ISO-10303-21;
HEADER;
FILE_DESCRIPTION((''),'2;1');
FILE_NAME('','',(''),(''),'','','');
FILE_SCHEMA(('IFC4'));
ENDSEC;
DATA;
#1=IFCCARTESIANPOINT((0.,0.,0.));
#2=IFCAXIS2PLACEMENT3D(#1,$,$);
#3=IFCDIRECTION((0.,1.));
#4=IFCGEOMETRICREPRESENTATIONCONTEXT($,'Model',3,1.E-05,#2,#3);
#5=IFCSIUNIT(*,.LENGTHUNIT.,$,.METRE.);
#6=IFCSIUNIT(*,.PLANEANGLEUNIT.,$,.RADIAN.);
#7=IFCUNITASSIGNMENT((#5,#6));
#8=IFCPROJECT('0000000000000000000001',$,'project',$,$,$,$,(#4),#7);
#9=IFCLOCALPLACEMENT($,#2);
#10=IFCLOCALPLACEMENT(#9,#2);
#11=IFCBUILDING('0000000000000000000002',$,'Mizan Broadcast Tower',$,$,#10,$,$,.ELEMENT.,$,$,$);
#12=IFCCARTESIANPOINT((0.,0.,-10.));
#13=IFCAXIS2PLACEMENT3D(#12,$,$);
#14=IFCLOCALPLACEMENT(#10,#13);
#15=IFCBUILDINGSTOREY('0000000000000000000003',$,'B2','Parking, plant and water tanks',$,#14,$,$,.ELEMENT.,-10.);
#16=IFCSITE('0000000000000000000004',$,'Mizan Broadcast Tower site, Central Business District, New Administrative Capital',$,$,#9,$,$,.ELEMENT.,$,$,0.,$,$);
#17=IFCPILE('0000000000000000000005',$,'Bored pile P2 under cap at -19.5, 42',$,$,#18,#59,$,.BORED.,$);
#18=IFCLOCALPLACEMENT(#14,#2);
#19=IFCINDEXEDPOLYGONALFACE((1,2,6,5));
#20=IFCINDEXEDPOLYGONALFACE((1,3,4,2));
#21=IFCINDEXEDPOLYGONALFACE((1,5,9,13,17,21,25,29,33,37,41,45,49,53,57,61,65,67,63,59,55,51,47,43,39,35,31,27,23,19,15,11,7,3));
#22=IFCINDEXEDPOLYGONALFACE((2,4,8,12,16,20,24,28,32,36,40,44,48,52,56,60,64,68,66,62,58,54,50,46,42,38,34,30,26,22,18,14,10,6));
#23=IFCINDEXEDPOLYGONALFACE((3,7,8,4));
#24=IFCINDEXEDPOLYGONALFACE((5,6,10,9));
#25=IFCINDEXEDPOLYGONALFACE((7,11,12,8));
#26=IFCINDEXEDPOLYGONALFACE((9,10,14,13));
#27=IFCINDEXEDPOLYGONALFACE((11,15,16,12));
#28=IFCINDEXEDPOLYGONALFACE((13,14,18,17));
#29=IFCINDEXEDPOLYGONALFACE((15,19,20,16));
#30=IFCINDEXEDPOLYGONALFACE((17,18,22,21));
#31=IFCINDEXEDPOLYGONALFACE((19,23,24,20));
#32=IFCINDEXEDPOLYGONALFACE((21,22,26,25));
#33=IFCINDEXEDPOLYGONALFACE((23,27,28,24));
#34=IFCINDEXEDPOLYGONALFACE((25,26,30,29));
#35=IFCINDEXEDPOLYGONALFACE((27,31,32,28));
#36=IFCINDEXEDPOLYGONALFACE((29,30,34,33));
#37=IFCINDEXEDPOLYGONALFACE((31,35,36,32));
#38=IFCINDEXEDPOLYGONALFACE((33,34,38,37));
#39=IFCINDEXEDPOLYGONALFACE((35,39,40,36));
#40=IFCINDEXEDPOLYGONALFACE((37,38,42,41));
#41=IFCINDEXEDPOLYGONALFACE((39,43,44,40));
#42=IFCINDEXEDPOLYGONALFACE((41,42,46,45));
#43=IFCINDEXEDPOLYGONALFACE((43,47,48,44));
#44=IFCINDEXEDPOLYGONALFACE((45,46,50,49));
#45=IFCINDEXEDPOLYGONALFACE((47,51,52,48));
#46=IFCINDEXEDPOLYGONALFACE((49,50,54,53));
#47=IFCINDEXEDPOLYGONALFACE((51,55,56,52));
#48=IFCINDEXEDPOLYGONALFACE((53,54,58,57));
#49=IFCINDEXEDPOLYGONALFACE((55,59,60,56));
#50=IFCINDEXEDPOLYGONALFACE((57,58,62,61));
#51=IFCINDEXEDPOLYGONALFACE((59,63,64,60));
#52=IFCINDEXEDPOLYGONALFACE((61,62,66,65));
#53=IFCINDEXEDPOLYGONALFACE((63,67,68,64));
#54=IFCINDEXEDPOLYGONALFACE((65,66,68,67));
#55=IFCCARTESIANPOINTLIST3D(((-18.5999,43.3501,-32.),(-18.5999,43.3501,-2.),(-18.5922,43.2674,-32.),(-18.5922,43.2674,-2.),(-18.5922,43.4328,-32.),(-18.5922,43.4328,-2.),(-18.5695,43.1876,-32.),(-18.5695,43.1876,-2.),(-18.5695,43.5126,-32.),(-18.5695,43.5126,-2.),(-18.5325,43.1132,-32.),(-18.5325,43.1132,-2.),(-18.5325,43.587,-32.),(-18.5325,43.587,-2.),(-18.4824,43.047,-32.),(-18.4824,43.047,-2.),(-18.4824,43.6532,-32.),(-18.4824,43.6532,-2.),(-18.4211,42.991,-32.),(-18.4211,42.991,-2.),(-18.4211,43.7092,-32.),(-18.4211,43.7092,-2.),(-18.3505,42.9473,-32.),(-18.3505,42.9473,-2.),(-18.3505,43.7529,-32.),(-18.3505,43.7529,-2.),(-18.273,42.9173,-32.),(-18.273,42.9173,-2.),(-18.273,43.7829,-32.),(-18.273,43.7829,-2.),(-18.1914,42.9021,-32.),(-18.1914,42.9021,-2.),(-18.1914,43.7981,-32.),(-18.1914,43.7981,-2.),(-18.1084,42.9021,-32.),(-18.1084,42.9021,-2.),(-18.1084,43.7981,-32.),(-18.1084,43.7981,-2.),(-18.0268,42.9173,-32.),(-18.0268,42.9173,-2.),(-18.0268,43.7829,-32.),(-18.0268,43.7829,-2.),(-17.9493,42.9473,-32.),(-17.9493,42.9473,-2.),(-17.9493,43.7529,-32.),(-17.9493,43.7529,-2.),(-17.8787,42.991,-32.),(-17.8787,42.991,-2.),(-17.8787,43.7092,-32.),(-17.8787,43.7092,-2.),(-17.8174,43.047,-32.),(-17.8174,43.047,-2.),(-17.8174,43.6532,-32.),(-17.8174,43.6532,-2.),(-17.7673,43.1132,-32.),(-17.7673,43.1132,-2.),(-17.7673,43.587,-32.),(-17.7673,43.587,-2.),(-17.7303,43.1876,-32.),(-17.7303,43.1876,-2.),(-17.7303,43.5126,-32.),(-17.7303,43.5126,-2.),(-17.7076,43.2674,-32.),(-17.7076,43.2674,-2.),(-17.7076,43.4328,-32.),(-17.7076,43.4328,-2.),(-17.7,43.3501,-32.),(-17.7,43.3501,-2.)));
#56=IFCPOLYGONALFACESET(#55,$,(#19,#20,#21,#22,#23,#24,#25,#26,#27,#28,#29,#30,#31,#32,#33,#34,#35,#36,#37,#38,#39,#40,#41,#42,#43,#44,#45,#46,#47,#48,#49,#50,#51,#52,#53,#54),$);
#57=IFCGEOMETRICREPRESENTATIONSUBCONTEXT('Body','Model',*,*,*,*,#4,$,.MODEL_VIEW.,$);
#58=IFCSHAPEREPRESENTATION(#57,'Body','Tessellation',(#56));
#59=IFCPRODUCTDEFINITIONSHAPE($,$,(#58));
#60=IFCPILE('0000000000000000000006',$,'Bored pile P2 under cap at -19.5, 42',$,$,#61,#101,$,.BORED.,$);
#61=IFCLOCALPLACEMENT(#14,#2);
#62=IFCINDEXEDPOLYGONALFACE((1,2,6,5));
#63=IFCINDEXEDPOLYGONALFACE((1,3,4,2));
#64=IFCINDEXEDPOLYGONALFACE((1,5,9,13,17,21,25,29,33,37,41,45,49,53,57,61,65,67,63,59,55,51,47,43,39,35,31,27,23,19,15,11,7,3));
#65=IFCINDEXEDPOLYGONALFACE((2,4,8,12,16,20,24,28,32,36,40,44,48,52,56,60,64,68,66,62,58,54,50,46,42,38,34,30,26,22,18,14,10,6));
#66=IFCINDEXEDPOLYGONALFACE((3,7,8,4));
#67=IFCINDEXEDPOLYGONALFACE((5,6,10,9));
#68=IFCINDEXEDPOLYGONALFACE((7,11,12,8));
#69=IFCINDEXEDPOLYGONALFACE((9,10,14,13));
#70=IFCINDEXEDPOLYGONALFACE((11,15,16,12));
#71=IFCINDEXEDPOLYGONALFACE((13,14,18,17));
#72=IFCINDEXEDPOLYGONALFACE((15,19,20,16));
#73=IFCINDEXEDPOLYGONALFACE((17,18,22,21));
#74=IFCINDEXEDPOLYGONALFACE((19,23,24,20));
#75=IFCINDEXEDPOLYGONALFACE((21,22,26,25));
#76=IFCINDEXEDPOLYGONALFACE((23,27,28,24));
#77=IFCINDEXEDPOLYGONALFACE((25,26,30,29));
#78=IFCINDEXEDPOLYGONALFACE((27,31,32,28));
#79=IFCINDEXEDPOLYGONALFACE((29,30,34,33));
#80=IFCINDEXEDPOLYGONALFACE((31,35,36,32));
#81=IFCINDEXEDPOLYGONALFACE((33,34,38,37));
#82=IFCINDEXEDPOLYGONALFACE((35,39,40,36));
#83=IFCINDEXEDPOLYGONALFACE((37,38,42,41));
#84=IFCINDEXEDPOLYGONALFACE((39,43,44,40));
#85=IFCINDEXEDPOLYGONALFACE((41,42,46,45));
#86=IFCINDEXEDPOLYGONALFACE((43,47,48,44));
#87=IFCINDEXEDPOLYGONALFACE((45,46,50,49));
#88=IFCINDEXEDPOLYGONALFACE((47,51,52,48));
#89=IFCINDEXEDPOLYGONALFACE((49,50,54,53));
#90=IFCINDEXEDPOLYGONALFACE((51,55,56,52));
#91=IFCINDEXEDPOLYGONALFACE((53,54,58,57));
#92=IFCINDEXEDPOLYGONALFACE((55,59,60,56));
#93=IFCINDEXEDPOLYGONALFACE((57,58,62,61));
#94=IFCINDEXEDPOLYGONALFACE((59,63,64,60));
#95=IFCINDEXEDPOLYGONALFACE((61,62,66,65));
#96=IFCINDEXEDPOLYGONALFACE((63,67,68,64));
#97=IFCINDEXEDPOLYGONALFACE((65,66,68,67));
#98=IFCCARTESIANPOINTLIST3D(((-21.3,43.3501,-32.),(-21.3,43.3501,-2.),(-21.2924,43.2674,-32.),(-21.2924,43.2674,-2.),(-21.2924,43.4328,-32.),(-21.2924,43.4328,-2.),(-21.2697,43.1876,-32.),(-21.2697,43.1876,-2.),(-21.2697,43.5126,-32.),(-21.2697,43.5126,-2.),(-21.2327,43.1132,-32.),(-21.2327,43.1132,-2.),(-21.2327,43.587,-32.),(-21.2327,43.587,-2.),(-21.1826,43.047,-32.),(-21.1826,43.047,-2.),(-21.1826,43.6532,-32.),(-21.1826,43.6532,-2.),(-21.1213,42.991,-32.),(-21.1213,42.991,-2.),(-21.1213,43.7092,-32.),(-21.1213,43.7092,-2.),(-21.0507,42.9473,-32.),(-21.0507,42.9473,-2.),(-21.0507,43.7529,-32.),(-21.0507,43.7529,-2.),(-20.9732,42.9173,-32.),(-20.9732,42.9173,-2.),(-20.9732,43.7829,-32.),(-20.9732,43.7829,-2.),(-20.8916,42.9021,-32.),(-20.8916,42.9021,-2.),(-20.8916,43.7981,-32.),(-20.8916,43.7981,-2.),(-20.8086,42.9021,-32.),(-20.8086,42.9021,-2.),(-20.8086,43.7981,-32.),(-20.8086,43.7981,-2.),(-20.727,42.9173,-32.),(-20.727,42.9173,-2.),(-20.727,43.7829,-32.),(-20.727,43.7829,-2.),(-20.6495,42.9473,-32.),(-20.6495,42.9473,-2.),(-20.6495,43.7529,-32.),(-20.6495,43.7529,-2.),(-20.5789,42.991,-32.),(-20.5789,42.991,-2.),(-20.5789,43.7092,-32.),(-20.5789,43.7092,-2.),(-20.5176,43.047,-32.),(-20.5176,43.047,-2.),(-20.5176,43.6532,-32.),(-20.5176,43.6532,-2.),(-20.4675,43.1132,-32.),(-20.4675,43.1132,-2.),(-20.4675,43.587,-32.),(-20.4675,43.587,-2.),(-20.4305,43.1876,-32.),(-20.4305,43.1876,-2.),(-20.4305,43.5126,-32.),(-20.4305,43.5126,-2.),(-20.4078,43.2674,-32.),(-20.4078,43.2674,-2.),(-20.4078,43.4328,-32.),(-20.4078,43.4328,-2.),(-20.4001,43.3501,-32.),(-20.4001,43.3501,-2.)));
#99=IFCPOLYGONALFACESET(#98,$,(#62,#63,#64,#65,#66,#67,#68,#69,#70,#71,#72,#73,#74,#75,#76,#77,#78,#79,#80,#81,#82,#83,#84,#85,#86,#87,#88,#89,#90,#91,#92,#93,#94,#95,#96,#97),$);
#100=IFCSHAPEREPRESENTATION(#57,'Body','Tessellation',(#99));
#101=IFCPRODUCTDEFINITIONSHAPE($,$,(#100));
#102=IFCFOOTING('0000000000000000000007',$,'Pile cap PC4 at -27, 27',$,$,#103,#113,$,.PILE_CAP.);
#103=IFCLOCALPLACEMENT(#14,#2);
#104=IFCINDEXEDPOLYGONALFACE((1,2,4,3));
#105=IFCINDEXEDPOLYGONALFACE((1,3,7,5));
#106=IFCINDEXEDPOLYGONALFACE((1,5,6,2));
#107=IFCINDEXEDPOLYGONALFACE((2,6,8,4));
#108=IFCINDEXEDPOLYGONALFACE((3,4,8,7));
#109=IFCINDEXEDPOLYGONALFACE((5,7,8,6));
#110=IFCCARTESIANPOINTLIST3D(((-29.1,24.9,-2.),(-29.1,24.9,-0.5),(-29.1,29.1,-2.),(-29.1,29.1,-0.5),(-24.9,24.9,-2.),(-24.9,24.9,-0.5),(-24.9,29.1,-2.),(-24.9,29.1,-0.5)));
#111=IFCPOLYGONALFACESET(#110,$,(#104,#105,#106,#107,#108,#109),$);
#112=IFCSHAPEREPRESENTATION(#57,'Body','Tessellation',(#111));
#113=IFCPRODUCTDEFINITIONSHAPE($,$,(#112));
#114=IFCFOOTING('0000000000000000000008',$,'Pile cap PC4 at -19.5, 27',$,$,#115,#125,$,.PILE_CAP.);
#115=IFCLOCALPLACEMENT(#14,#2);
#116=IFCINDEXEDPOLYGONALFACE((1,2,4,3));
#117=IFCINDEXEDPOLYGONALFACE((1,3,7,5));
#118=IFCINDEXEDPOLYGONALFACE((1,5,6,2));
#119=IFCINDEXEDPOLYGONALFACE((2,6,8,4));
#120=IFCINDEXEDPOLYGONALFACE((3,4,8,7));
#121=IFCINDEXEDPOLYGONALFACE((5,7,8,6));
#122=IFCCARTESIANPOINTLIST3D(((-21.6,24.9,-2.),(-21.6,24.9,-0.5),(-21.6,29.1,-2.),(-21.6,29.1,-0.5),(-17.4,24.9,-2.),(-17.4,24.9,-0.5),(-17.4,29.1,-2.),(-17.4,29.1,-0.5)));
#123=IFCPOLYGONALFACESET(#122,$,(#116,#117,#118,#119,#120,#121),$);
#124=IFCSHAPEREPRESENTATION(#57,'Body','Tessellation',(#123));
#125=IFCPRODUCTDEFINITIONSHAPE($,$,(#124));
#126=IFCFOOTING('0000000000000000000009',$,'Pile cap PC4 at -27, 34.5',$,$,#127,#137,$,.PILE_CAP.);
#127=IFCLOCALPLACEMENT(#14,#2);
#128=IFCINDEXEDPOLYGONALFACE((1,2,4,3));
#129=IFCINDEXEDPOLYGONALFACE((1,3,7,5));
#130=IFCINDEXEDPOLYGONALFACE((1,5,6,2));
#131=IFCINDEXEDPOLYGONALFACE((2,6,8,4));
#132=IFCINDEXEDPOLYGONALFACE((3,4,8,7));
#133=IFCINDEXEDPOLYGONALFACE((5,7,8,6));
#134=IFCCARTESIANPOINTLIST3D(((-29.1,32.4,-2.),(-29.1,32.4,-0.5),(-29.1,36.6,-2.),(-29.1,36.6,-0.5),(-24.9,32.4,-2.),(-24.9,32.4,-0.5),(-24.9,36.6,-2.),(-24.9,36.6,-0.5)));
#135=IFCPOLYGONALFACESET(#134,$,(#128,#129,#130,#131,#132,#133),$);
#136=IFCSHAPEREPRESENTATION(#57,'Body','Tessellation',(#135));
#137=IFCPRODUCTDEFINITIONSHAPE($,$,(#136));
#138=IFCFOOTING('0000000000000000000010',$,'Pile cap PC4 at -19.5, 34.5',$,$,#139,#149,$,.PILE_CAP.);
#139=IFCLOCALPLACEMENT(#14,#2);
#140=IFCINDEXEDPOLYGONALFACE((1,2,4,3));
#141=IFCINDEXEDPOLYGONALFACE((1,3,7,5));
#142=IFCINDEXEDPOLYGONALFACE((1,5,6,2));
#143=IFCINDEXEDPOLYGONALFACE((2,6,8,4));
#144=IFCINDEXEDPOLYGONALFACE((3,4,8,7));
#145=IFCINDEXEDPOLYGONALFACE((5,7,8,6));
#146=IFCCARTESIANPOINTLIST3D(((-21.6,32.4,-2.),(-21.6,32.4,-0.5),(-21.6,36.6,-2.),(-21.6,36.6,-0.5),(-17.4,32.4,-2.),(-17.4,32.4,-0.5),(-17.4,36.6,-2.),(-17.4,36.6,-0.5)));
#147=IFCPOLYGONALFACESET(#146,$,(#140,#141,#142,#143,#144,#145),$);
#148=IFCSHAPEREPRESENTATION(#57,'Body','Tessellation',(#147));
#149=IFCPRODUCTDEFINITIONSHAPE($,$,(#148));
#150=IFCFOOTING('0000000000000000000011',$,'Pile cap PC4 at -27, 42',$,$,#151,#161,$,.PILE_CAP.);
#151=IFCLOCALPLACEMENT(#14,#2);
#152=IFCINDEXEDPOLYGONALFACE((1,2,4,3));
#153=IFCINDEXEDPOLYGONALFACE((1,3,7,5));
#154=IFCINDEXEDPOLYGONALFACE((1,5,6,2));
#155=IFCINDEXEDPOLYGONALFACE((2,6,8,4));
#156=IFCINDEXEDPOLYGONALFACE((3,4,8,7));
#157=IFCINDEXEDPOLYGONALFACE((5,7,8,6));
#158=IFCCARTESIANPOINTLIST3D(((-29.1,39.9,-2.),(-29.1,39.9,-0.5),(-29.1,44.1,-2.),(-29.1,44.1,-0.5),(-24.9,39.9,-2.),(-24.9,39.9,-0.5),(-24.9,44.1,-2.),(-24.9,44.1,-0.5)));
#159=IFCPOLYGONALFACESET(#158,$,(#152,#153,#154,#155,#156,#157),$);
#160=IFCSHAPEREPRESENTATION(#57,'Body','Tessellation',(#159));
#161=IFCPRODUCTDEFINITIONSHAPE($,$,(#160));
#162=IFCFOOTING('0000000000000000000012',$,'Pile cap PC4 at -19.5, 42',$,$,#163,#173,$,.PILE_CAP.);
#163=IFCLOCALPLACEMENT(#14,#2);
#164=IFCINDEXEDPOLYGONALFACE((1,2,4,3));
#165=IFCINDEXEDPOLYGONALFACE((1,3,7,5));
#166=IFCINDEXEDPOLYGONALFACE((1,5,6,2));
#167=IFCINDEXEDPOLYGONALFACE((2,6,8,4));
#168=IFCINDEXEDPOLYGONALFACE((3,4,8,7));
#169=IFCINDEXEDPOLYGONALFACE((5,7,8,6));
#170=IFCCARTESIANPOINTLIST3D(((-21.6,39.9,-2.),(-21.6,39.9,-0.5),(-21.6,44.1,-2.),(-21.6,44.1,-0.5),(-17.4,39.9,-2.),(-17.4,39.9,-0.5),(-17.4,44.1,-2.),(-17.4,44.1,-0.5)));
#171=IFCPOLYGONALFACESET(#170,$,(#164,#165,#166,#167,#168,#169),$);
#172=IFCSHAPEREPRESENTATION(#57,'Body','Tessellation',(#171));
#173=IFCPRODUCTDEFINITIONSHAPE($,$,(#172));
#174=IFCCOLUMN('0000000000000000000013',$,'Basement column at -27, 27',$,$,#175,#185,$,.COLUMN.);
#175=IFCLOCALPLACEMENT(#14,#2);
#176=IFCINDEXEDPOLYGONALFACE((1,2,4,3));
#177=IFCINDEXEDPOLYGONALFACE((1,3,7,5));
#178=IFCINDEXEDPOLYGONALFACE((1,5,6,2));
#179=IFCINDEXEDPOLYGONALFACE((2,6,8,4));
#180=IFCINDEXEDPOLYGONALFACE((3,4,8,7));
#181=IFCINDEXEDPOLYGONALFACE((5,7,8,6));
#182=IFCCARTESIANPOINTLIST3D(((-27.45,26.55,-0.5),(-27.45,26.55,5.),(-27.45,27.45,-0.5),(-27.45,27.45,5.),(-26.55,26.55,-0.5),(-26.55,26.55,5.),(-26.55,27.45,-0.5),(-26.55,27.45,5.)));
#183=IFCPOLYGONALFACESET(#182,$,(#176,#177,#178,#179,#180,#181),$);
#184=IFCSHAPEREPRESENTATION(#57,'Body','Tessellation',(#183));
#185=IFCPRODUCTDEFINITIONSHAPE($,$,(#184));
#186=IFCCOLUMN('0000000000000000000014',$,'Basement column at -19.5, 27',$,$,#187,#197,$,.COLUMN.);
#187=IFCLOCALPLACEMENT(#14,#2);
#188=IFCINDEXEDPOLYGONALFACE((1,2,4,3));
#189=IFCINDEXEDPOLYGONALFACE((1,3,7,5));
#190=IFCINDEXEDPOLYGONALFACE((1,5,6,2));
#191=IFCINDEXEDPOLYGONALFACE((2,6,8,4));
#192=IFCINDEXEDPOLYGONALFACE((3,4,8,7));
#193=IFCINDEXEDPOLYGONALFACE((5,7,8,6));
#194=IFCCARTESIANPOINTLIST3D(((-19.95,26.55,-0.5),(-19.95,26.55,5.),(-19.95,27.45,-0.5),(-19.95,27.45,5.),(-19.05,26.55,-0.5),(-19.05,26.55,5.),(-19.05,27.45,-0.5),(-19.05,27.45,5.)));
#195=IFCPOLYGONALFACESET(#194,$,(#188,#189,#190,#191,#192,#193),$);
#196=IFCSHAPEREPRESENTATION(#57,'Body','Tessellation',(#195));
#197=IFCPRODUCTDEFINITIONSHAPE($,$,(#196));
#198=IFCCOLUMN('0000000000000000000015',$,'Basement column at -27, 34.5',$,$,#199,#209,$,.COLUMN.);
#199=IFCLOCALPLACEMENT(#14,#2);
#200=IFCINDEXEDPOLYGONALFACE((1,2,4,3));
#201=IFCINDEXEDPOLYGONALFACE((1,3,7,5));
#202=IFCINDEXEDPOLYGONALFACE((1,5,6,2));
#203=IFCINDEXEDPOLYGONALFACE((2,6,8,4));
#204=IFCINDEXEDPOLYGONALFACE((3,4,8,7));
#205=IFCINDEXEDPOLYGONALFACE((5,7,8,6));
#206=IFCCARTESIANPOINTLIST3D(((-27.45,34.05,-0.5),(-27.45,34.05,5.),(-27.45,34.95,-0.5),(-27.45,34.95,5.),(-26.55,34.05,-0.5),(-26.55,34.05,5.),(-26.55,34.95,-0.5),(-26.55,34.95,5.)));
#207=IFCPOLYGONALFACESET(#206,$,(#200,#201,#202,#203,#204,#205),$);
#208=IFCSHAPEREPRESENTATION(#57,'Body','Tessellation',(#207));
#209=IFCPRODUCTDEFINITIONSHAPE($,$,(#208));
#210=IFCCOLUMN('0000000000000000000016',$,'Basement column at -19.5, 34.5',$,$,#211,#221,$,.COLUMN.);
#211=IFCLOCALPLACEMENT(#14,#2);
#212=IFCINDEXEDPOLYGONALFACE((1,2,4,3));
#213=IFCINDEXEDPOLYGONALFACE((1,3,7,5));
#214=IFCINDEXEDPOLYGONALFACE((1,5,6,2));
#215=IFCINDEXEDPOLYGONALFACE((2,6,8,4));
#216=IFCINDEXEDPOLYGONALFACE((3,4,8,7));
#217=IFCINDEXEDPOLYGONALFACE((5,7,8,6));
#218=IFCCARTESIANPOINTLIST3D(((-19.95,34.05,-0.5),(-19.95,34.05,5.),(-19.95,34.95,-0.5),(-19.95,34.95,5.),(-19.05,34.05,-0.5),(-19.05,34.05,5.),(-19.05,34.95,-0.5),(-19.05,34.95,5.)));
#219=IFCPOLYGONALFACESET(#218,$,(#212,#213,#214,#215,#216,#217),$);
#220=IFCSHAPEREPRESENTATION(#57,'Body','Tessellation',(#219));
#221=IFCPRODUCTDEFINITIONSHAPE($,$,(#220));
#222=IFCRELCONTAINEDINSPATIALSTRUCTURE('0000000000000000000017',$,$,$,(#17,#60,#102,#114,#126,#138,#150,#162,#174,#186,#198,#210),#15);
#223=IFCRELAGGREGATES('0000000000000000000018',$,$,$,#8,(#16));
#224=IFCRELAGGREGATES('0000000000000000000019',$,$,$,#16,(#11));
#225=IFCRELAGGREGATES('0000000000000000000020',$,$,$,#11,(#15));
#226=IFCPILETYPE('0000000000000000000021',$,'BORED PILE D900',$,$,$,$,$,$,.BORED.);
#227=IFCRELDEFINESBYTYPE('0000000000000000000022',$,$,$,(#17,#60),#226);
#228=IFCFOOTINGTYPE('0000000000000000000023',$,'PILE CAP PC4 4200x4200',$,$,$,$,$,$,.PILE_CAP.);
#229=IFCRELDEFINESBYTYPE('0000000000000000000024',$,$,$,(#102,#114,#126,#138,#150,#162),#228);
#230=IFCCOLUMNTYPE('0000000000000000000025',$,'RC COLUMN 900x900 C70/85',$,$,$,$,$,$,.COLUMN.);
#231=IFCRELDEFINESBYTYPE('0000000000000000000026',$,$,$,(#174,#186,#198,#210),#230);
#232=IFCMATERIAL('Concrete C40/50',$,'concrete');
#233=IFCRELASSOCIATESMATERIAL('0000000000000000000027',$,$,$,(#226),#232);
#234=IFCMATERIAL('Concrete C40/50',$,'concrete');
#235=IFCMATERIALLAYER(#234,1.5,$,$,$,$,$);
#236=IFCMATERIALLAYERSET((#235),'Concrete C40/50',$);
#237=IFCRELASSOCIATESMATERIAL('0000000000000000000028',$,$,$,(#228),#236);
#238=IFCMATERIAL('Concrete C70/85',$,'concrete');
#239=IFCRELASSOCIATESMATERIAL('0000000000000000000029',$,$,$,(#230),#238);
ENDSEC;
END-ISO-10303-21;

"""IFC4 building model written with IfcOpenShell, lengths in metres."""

from ifc_helpers import new_model, si_unit, direction, frame, origin, origin_2d, place, context, subcontext, project, spatial, rectangle, circle, extrude, material, layer, layer_set, material_profile, profile_set, type_object, element, save


model = new_model("IFC4")

# Units and contexts
model_context = context("Model", 3, precision=1e-05, world=origin(), true_north=direction((0.0, 1.0)))
body_context = subcontext(model_context, "Body", "Model", "MODEL_VIEW")
ifc_project = project(units=[si_unit("LENGTHUNIT", "METRE"), si_unit("PLANEANGLEUNIT", "RADIAN")], contexts=[model_context])

# Site, building, storey
site_placement = place(None, origin())
site = spatial("IfcSite", under=ifc_project, at=site_placement, Name="Mizan Broadcast Tower site, Central Business District, New Administrative Capital", CompositionType="ELEMENT", RefElevation=0.0)
building_placement = place(site_placement, origin())
building = spatial("IfcBuilding", under=site, at=building_placement, Name="Mizan Broadcast Tower", CompositionType="ELEMENT")
storey_placement = place(building_placement, frame((0.0, 0.0, -10.0)))
storey = spatial("IfcBuildingStorey", under=building, at=storey_placement, Name="B2", Description="Parking, plant and water tanks", CompositionType="ELEMENT", Elevation=-10.0)

# Piles
ifc_material_1 = material(Name="Concrete C40/50", Category="concrete")
ifc_material_profile_1 = material_profile(ifc_material_1, circle(Radius=0.45, at=origin_2d()), Name="D900")
ifc_profile_set_1 = profile_set([ifc_material_profile_1], Name="Concrete C40/50")
pile_type = type_object("IfcPileType", Name="BORED PILE D900", PredefinedType="BORED", material=ifc_profile_set_1)
for number, where, z_axis, x_axis, name in (
    (1, (-18.1499, 43.3501, -2.0), (0.0, 0.0, -1.0), (1.0, 0.0, 0.0), "Bored pile P2 under cap at -19.5, 42"),
    (2, (-20.8501, 43.3501, -2.0), (0.0, 0.0, -1.0), (1.0, 0.0, 0.0), "Bored pile P2 under cap at -19.5, 42"),
):
    element("IfcPile", number, at=place(storey_placement, frame(where, z_axis=z_axis, x_axis=x_axis)), inside=storey, type_object=pile_type, Name=name, PredefinedType="BORED", context=body_context, shape_type="SweptSolid", body=[
        extrude(circle(Radius=0.45, at=origin_2d()), origin(), (0.0, 0.0, 1.0), 30.0),
    ])

# Footings
ifc_material_2 = material(Name="Concrete C40/50", Category="concrete")
ifc_layer_1 = layer(ifc_material_2, 1.5)
ifc_layer_set_1 = layer_set([ifc_layer_1], Name="Concrete C40/50")
footing_type = type_object("IfcFootingType", Name="PILE CAP PC4 4200x4200", PredefinedType="PILE_CAP", material=ifc_layer_set_1)
for number, where, z_axis, x_axis, name in (
    (3, (-27.0, 27.0, -2.0), (0.0, 0.0, 1.0), (1.0, 0.0, 0.0), "Pile cap PC4 at -27, 27"),
    (4, (-19.5, 27.0, -2.0), (0.0, 0.0, 1.0), (1.0, 0.0, 0.0), "Pile cap PC4 at -19.5, 27"),
    (5, (-27.0, 34.5, -2.0), (0.0, 0.0, 1.0), (1.0, 0.0, 0.0), "Pile cap PC4 at -27, 34.5"),
    (6, (-19.5, 34.5, -2.0), (0.0, 0.0, 1.0), (1.0, 0.0, 0.0), "Pile cap PC4 at -19.5, 34.5"),
    (7, (-27.0, 42.0, -2.0), (0.0, 0.0, 1.0), (1.0, 0.0, 0.0), "Pile cap PC4 at -27, 42"),
    (8, (-19.5, 42.0, -2.0), (0.0, 0.0, 1.0), (1.0, 0.0, 0.0), "Pile cap PC4 at -19.5, 42"),
):
    element("IfcFooting", number, at=place(storey_placement, frame(where, z_axis=z_axis, x_axis=x_axis)), inside=storey, type_object=footing_type, Name=name, PredefinedType="PILE_CAP", context=body_context, shape_type="SweptSolid", body=[
        extrude(rectangle(XDim=4.2, YDim=4.2, at=origin_2d()), origin(), (0.0, 0.0, 1.0), 1.5),
    ])

# Columns
ifc_material_3 = material(Name="Concrete C70/85", Category="concrete")
ifc_material_profile_2 = material_profile(ifc_material_3, rectangle(XDim=0.8999, YDim=0.8999, at=origin_2d()), Name="RC 900x900")
ifc_profile_set_2 = profile_set([ifc_material_profile_2], Name="Concrete C70/85")
column_type = type_object("IfcColumnType", Name="RC COLUMN 900x900 C70/85", PredefinedType="COLUMN", material=ifc_profile_set_2)
for number, where, z_axis, x_axis, name in (
    (9, (-27.0, 27.0, -0.5), (0.0, 0.0, 1.0), (1.0, 0.0, 0.0), "Basement column at -27, 27"),
    (10, (-19.5, 27.0, -0.5), (0.0, 0.0, 1.0), (1.0, 0.0, 0.0), "Basement column at -19.5, 27"),
    (11, (-27.0, 34.5, -0.5), (0.0, 0.0, 1.0), (1.0, 0.0, 0.0), "Basement column at -27, 34.5"),
    (12, (-19.5, 34.5, -0.5), (0.0, 0.0, 1.0), (1.0, 0.0, 0.0), "Basement column at -19.5, 34.5"),
):
    element("IfcColumn", number, at=place(storey_placement, frame(where, z_axis=z_axis, x_axis=x_axis)), inside=storey, type_object=column_type, Name=name, PredefinedType="COLUMN", context=body_context, shape_type="SweptSolid", body=[
        extrude(rectangle(XDim=0.8999, YDim=0.8999, at=origin_2d()), origin(), (0.0, 0.0, 1.0), 5.5),
    ])

save(model, "model.ifc")
